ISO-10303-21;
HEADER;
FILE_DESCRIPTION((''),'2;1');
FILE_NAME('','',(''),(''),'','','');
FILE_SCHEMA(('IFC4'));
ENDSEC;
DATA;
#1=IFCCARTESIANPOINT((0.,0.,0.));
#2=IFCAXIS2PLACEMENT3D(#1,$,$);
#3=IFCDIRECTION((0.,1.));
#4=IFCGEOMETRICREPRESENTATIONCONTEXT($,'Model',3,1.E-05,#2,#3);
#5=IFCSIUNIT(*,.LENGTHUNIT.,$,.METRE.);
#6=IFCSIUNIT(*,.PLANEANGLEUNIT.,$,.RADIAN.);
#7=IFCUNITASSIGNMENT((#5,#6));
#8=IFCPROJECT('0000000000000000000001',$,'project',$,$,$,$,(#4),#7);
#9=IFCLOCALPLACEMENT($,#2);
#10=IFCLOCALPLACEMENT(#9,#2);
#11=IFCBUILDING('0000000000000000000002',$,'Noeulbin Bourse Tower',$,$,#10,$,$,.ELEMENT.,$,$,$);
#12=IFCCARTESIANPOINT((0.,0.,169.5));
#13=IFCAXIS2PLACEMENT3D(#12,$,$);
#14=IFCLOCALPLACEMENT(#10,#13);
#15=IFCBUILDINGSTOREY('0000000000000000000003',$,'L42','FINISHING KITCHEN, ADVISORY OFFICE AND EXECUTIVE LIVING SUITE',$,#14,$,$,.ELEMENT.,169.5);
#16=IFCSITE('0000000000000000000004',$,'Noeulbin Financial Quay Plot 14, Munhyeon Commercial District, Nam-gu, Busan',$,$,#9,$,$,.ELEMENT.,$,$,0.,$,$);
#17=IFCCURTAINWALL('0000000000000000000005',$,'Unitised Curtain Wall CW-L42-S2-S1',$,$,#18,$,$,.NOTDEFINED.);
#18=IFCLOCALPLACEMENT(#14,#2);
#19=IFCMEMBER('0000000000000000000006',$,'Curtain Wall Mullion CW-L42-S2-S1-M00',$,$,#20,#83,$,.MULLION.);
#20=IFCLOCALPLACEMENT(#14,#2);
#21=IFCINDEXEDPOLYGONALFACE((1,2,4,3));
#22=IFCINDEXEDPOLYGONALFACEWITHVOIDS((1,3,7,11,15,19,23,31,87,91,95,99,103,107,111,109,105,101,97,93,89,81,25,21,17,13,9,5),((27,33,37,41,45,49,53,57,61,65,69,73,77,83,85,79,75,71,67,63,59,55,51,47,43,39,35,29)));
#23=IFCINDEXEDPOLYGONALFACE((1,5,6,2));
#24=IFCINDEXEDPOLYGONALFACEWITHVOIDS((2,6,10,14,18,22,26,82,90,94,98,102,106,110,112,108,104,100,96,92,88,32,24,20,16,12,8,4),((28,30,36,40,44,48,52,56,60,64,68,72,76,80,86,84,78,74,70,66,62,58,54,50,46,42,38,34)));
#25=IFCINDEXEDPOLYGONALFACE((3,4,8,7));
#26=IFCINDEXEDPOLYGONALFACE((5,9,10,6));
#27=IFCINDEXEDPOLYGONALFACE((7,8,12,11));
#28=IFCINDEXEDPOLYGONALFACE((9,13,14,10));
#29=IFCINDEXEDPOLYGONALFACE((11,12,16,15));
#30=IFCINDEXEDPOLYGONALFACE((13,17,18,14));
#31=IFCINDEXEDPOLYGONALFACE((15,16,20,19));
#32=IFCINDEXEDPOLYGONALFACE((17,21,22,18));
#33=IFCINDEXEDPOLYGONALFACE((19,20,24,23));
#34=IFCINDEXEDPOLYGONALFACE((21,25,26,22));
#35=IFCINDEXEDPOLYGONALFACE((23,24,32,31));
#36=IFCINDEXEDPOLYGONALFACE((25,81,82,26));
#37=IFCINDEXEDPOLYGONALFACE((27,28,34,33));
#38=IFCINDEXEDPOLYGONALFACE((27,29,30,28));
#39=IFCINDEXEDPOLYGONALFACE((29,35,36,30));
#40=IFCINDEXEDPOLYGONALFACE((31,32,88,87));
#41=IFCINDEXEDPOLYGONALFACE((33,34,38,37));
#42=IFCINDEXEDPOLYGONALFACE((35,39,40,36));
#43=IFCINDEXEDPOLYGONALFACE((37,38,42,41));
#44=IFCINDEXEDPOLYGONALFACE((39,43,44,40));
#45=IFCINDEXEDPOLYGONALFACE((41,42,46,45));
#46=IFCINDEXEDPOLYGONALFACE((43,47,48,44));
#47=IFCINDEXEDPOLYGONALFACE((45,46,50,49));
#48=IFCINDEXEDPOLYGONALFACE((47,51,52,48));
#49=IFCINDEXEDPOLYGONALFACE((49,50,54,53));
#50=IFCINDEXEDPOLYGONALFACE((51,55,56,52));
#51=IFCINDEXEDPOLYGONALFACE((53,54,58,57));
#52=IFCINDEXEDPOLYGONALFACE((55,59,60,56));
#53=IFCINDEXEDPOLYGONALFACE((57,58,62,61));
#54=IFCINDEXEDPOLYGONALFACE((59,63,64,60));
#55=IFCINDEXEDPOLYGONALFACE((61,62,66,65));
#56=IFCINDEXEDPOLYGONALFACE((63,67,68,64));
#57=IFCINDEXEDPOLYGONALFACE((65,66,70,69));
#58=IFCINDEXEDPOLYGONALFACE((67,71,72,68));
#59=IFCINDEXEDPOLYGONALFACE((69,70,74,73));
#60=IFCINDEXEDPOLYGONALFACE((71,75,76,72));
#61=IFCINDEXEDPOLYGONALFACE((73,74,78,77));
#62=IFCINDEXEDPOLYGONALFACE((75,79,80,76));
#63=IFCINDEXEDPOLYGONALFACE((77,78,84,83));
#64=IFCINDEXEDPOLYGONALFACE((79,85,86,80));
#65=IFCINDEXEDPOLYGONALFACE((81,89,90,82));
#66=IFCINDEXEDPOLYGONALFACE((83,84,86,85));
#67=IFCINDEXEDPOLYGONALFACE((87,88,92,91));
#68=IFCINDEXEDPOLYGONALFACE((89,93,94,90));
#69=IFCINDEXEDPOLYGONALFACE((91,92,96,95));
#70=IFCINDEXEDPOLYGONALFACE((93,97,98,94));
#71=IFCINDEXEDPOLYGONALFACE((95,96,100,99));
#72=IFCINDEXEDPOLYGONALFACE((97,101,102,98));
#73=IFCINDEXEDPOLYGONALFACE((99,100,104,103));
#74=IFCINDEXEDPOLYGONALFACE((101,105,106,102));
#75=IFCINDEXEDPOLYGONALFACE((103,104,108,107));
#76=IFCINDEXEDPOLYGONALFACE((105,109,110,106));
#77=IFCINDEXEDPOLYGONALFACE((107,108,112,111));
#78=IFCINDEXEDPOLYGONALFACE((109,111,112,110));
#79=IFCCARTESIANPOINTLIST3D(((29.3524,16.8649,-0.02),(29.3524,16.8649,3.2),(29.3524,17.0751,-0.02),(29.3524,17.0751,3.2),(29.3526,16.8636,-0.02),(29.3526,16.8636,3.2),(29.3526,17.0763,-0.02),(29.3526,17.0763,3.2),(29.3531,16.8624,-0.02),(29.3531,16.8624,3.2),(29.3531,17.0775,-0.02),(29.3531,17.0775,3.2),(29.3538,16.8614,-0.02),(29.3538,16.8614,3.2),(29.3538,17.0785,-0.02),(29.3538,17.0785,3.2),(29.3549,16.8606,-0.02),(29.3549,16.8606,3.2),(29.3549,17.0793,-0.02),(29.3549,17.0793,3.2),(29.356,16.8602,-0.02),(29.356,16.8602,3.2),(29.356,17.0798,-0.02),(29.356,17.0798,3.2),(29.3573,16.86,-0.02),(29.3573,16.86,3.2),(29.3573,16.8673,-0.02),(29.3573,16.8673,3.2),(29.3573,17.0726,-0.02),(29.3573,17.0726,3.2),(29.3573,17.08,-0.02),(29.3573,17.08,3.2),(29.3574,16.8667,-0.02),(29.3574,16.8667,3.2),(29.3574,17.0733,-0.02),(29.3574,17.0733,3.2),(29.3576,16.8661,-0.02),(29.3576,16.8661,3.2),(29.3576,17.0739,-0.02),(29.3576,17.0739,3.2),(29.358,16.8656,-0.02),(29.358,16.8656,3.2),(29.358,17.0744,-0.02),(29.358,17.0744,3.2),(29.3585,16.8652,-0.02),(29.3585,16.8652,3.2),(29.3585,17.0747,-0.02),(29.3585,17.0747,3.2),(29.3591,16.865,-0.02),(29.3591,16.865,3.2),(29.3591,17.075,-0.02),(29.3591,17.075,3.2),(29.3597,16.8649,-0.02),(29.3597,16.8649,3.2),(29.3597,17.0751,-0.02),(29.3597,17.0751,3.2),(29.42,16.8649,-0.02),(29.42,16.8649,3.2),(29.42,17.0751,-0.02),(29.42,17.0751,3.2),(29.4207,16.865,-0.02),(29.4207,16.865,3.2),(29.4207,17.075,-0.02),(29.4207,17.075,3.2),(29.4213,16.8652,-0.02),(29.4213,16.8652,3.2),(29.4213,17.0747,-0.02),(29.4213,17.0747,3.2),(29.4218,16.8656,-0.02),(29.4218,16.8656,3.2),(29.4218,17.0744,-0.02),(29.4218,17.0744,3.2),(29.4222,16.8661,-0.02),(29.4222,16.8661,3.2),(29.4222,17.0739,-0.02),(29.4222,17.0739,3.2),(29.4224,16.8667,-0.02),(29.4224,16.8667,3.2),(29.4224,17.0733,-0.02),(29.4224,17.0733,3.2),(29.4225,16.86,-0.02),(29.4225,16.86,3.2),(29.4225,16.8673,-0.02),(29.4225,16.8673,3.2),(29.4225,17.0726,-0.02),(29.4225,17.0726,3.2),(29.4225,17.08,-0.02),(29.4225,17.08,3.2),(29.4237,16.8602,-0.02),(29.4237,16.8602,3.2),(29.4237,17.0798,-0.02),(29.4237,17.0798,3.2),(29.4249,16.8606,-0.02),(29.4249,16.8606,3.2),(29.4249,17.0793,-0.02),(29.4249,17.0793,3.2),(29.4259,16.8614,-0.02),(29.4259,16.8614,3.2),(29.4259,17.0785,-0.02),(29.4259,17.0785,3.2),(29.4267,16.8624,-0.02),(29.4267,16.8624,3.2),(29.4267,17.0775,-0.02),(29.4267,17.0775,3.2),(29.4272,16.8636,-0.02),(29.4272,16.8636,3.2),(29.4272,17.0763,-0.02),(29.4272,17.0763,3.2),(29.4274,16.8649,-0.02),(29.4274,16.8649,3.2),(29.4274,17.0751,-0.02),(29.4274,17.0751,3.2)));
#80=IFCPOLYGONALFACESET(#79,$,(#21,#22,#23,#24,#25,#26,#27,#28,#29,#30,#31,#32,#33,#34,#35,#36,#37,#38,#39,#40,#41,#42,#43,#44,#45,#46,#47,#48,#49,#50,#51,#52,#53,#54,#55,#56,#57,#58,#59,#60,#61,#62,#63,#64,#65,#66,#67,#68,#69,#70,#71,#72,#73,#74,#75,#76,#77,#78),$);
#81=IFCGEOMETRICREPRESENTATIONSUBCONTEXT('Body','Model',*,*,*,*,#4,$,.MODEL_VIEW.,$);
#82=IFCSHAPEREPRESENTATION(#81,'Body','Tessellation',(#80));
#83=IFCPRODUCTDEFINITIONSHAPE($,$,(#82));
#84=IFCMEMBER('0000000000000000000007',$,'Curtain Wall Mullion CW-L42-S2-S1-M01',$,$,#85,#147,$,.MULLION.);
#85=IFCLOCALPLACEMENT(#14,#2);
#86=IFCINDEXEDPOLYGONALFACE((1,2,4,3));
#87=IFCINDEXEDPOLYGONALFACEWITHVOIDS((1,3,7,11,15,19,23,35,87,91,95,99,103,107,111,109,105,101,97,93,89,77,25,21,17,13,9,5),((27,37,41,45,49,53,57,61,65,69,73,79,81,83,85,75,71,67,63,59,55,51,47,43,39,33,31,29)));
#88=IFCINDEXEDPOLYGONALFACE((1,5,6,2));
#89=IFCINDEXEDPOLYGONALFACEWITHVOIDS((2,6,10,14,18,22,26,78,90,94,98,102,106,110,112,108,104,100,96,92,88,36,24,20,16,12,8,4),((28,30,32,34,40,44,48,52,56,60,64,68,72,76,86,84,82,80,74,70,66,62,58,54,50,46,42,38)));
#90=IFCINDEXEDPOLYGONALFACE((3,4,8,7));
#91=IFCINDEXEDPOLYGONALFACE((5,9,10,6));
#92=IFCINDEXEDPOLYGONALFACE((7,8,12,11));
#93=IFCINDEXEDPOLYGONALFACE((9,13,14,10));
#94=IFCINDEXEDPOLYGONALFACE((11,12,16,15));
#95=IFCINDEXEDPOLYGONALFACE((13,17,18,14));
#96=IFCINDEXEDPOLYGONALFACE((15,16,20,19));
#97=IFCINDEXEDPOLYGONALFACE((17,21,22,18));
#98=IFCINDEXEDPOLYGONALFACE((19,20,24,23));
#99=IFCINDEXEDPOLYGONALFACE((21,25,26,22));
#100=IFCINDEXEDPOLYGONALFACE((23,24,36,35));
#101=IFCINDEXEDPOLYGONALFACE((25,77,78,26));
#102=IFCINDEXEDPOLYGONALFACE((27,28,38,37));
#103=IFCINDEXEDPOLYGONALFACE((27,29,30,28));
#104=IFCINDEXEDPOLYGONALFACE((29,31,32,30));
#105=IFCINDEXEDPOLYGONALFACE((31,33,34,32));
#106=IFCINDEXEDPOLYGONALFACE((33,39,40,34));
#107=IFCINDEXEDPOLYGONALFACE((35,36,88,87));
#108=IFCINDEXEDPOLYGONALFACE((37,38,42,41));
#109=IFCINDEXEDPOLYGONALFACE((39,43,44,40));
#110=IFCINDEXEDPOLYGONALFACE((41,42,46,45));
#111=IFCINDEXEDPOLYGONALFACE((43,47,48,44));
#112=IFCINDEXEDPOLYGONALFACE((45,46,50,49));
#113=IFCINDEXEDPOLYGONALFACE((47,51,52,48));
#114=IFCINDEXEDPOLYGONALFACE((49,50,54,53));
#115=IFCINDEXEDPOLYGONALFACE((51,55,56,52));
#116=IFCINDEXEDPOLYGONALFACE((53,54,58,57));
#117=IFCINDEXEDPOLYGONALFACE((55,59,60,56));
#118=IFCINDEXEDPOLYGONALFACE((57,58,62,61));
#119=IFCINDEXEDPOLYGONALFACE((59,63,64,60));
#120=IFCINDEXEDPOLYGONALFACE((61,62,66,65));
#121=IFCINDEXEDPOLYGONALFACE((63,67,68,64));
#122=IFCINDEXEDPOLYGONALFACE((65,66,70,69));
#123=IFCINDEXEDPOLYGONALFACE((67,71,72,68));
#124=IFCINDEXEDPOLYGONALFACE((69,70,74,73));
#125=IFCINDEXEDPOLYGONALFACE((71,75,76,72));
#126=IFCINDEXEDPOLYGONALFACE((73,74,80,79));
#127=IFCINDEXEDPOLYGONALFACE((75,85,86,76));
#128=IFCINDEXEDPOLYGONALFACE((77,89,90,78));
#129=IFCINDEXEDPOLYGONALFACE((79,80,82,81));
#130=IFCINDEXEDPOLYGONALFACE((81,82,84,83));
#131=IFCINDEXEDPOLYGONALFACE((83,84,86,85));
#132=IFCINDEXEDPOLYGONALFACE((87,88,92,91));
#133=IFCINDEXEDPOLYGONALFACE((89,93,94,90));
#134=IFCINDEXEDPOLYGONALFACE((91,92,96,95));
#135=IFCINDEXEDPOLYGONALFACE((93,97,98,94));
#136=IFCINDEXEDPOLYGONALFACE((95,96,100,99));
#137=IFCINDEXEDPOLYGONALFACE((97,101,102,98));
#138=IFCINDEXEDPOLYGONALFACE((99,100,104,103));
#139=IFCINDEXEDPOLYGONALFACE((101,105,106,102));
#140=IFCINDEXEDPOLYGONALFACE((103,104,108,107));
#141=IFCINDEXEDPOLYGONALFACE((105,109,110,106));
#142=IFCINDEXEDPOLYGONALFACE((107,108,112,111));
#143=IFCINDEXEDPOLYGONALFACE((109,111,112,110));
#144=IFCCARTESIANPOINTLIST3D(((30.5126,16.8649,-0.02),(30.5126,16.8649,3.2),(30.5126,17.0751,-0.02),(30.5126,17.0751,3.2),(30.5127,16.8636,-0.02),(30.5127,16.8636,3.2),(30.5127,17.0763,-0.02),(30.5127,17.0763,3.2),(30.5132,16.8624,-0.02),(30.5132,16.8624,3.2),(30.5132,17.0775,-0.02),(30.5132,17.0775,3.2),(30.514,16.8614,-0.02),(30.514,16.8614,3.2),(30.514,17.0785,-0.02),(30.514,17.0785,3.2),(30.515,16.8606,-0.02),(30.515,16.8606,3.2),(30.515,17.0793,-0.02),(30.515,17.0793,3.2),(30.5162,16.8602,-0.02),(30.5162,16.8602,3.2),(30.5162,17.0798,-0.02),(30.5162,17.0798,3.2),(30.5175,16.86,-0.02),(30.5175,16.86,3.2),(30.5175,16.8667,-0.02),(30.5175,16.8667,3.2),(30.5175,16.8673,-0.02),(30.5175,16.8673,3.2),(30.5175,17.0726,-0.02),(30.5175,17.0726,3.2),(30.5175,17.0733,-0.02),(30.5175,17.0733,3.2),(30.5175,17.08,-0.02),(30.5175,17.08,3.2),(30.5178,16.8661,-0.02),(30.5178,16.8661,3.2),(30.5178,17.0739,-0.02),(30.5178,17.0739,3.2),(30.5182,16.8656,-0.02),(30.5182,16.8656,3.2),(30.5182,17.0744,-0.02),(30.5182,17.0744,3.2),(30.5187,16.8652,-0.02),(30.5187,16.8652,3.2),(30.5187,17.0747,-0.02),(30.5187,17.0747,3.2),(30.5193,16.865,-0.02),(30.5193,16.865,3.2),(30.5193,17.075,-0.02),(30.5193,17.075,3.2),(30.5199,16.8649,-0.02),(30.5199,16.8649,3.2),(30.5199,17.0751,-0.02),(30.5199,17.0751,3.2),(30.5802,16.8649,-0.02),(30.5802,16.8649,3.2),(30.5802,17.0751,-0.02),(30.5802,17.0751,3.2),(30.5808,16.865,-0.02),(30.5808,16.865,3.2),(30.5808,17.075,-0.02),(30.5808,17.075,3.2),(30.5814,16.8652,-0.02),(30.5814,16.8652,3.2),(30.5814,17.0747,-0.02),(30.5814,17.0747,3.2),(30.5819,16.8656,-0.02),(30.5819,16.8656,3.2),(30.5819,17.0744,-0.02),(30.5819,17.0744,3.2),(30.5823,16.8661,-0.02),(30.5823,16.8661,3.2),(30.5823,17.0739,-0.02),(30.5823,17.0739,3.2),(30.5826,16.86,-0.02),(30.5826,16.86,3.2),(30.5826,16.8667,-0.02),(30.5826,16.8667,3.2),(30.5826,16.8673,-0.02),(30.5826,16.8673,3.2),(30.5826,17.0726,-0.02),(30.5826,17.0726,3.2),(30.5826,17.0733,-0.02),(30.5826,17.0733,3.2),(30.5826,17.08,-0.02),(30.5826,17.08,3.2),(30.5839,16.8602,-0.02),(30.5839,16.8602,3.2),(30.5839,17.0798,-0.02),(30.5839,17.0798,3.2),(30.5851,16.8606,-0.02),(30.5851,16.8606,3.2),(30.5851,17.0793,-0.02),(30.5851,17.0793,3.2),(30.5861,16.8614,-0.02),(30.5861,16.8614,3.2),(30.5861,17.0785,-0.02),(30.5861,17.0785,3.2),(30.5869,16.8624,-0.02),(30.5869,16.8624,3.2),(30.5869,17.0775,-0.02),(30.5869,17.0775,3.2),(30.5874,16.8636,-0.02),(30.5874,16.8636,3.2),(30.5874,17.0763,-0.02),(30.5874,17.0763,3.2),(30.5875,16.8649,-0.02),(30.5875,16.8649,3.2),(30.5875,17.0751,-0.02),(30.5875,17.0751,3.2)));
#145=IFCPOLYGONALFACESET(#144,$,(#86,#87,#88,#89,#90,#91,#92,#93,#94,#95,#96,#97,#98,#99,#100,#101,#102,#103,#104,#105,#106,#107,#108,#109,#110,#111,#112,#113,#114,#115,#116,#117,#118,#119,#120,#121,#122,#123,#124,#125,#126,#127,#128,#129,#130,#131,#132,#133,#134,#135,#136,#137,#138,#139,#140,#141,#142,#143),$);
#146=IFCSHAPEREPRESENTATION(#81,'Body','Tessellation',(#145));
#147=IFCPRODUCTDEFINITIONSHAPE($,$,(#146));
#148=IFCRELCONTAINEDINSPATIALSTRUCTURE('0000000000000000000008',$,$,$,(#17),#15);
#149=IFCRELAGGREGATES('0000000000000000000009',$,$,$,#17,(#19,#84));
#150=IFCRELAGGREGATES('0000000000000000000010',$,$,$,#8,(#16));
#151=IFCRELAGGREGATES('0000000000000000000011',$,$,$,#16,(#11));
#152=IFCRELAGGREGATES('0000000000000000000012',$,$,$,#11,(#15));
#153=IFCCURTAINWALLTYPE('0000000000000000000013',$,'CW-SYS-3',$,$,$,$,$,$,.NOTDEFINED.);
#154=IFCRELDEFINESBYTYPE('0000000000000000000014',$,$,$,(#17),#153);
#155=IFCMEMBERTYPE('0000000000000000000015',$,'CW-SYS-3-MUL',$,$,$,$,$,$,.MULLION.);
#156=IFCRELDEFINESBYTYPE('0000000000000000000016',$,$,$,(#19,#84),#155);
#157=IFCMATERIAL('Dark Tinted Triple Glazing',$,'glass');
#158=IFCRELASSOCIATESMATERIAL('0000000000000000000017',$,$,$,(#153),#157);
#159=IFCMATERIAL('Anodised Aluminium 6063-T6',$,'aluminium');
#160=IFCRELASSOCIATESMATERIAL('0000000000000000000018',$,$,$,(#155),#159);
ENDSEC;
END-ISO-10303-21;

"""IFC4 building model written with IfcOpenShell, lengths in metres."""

from ifc_helpers import new_model, si_unit, direction, frame, origin, origin_2d, place, context, subcontext, project, spatial, hollow_rectangle, extrude, material, material_profile, profile_set, type_object, element, aggregate, save


model = new_model("IFC4")

# Units and contexts
model_context = context("Model", 3, precision=1e-05, world=origin(), true_north=direction((0.0, 1.0)))
body_context = subcontext(model_context, "Body", "Model", "MODEL_VIEW")
ifc_project = project(units=[si_unit("LENGTHUNIT", "METRE"), si_unit("PLANEANGLEUNIT", "RADIAN")], contexts=[model_context])

# Site, building, storey
site_placement = place(None, origin())
site = spatial("IfcSite", under=ifc_project, at=site_placement, Name="Noeulbin Financial Quay Plot 14, Munhyeon Commercial District, Nam-gu, Busan", CompositionType="ELEMENT", RefElevation=0.0)
building_placement = place(site_placement, origin())
building = spatial("IfcBuilding", under=site, at=building_placement, Name="Noeulbin Bourse Tower", CompositionType="ELEMENT")
storey_placement = place(building_placement, frame((0.0, 0.0, 169.5)))
storey = spatial("IfcBuildingStorey", under=building, at=storey_placement, Name="L42", Description="FINISHING KITCHEN, ADVISORY OFFICE AND EXECUTIVE LIVING SUITE", CompositionType="ELEMENT", Elevation=169.5)

# Curtain wall, members
ifc_material_1 = material(Name="Dark Tinted Triple Glazing", Category="glass")
curtain_wall_type = type_object("IfcCurtainWallType", Name="CW-SYS-3", PredefinedType="NOTDEFINED", material=ifc_material_1)
ifc_material_2 = material(Name="Anodised Aluminium 6063-T6", Category="aluminium")
ifc_material_profile_1 = material_profile(ifc_material_2, hollow_rectangle(XDim=0.075, YDim=0.22, WallThickness=0.0049, InnerFilletRadius=0.0024, OuterFilletRadius=0.0049, at=origin_2d()), Name="ALU-MULL-75x220x5", Category="LoadBearing")
ifc_profile_set_1 = profile_set([ifc_material_profile_1], Name="Anodised Aluminium 6063-T6")
member_type_1 = type_object("IfcMemberType", Name="CW-SYS-3-MUL", PredefinedType="MULLION", material=ifc_profile_set_1)
curtain_wall_1_placement = place(storey_placement, origin())
curtain_wall_1 = element("IfcCurtainWall", 1, at=curtain_wall_1_placement, inside=storey, type_object=curtain_wall_type, Name="Unitised Curtain Wall CW-L42-S2-S1", PredefinedType="NOTDEFINED")
member_1_placement = place(storey_placement, frame((29.3899, 16.97, -0.02), z_axis=(0.0, 0.0, 1.0), x_axis=(1.0, 0.0, 0.0)))
member_1 = element("IfcMember", 2, at=member_1_placement, type_object=member_type_1, Name="Curtain Wall Mullion CW-L42-S2-S1-M00", PredefinedType="MULLION", context=body_context, shape_type="SweptSolid", body=[
    extrude(hollow_rectangle(XDim=0.075, YDim=0.22, WallThickness=0.0049, InnerFilletRadius=0.0024, OuterFilletRadius=0.0049, at=origin_2d()), origin(), (0.0, 0.0, 1.0), 3.22),
])
member_2_placement = place(storey_placement, frame((30.55, 16.97, -0.02), z_axis=(0.0, 0.0, 1.0), x_axis=(1.0, 0.0, 0.0)))
member_2 = element("IfcMember", 3, at=member_2_placement, type_object=member_type_1, Name="Curtain Wall Mullion CW-L42-S2-S1-M01", PredefinedType="MULLION", context=body_context, shape_type="SweptSolid", body=[
    extrude(hollow_rectangle(XDim=0.075, YDim=0.22, WallThickness=0.0049, InnerFilletRadius=0.0024, OuterFilletRadius=0.0049, at=origin_2d()), origin(), (0.0, 0.0, 1.0), 3.22),
])

aggregate(curtain_wall_1, [member_1, member_2])

save(model, "model.ifc")
